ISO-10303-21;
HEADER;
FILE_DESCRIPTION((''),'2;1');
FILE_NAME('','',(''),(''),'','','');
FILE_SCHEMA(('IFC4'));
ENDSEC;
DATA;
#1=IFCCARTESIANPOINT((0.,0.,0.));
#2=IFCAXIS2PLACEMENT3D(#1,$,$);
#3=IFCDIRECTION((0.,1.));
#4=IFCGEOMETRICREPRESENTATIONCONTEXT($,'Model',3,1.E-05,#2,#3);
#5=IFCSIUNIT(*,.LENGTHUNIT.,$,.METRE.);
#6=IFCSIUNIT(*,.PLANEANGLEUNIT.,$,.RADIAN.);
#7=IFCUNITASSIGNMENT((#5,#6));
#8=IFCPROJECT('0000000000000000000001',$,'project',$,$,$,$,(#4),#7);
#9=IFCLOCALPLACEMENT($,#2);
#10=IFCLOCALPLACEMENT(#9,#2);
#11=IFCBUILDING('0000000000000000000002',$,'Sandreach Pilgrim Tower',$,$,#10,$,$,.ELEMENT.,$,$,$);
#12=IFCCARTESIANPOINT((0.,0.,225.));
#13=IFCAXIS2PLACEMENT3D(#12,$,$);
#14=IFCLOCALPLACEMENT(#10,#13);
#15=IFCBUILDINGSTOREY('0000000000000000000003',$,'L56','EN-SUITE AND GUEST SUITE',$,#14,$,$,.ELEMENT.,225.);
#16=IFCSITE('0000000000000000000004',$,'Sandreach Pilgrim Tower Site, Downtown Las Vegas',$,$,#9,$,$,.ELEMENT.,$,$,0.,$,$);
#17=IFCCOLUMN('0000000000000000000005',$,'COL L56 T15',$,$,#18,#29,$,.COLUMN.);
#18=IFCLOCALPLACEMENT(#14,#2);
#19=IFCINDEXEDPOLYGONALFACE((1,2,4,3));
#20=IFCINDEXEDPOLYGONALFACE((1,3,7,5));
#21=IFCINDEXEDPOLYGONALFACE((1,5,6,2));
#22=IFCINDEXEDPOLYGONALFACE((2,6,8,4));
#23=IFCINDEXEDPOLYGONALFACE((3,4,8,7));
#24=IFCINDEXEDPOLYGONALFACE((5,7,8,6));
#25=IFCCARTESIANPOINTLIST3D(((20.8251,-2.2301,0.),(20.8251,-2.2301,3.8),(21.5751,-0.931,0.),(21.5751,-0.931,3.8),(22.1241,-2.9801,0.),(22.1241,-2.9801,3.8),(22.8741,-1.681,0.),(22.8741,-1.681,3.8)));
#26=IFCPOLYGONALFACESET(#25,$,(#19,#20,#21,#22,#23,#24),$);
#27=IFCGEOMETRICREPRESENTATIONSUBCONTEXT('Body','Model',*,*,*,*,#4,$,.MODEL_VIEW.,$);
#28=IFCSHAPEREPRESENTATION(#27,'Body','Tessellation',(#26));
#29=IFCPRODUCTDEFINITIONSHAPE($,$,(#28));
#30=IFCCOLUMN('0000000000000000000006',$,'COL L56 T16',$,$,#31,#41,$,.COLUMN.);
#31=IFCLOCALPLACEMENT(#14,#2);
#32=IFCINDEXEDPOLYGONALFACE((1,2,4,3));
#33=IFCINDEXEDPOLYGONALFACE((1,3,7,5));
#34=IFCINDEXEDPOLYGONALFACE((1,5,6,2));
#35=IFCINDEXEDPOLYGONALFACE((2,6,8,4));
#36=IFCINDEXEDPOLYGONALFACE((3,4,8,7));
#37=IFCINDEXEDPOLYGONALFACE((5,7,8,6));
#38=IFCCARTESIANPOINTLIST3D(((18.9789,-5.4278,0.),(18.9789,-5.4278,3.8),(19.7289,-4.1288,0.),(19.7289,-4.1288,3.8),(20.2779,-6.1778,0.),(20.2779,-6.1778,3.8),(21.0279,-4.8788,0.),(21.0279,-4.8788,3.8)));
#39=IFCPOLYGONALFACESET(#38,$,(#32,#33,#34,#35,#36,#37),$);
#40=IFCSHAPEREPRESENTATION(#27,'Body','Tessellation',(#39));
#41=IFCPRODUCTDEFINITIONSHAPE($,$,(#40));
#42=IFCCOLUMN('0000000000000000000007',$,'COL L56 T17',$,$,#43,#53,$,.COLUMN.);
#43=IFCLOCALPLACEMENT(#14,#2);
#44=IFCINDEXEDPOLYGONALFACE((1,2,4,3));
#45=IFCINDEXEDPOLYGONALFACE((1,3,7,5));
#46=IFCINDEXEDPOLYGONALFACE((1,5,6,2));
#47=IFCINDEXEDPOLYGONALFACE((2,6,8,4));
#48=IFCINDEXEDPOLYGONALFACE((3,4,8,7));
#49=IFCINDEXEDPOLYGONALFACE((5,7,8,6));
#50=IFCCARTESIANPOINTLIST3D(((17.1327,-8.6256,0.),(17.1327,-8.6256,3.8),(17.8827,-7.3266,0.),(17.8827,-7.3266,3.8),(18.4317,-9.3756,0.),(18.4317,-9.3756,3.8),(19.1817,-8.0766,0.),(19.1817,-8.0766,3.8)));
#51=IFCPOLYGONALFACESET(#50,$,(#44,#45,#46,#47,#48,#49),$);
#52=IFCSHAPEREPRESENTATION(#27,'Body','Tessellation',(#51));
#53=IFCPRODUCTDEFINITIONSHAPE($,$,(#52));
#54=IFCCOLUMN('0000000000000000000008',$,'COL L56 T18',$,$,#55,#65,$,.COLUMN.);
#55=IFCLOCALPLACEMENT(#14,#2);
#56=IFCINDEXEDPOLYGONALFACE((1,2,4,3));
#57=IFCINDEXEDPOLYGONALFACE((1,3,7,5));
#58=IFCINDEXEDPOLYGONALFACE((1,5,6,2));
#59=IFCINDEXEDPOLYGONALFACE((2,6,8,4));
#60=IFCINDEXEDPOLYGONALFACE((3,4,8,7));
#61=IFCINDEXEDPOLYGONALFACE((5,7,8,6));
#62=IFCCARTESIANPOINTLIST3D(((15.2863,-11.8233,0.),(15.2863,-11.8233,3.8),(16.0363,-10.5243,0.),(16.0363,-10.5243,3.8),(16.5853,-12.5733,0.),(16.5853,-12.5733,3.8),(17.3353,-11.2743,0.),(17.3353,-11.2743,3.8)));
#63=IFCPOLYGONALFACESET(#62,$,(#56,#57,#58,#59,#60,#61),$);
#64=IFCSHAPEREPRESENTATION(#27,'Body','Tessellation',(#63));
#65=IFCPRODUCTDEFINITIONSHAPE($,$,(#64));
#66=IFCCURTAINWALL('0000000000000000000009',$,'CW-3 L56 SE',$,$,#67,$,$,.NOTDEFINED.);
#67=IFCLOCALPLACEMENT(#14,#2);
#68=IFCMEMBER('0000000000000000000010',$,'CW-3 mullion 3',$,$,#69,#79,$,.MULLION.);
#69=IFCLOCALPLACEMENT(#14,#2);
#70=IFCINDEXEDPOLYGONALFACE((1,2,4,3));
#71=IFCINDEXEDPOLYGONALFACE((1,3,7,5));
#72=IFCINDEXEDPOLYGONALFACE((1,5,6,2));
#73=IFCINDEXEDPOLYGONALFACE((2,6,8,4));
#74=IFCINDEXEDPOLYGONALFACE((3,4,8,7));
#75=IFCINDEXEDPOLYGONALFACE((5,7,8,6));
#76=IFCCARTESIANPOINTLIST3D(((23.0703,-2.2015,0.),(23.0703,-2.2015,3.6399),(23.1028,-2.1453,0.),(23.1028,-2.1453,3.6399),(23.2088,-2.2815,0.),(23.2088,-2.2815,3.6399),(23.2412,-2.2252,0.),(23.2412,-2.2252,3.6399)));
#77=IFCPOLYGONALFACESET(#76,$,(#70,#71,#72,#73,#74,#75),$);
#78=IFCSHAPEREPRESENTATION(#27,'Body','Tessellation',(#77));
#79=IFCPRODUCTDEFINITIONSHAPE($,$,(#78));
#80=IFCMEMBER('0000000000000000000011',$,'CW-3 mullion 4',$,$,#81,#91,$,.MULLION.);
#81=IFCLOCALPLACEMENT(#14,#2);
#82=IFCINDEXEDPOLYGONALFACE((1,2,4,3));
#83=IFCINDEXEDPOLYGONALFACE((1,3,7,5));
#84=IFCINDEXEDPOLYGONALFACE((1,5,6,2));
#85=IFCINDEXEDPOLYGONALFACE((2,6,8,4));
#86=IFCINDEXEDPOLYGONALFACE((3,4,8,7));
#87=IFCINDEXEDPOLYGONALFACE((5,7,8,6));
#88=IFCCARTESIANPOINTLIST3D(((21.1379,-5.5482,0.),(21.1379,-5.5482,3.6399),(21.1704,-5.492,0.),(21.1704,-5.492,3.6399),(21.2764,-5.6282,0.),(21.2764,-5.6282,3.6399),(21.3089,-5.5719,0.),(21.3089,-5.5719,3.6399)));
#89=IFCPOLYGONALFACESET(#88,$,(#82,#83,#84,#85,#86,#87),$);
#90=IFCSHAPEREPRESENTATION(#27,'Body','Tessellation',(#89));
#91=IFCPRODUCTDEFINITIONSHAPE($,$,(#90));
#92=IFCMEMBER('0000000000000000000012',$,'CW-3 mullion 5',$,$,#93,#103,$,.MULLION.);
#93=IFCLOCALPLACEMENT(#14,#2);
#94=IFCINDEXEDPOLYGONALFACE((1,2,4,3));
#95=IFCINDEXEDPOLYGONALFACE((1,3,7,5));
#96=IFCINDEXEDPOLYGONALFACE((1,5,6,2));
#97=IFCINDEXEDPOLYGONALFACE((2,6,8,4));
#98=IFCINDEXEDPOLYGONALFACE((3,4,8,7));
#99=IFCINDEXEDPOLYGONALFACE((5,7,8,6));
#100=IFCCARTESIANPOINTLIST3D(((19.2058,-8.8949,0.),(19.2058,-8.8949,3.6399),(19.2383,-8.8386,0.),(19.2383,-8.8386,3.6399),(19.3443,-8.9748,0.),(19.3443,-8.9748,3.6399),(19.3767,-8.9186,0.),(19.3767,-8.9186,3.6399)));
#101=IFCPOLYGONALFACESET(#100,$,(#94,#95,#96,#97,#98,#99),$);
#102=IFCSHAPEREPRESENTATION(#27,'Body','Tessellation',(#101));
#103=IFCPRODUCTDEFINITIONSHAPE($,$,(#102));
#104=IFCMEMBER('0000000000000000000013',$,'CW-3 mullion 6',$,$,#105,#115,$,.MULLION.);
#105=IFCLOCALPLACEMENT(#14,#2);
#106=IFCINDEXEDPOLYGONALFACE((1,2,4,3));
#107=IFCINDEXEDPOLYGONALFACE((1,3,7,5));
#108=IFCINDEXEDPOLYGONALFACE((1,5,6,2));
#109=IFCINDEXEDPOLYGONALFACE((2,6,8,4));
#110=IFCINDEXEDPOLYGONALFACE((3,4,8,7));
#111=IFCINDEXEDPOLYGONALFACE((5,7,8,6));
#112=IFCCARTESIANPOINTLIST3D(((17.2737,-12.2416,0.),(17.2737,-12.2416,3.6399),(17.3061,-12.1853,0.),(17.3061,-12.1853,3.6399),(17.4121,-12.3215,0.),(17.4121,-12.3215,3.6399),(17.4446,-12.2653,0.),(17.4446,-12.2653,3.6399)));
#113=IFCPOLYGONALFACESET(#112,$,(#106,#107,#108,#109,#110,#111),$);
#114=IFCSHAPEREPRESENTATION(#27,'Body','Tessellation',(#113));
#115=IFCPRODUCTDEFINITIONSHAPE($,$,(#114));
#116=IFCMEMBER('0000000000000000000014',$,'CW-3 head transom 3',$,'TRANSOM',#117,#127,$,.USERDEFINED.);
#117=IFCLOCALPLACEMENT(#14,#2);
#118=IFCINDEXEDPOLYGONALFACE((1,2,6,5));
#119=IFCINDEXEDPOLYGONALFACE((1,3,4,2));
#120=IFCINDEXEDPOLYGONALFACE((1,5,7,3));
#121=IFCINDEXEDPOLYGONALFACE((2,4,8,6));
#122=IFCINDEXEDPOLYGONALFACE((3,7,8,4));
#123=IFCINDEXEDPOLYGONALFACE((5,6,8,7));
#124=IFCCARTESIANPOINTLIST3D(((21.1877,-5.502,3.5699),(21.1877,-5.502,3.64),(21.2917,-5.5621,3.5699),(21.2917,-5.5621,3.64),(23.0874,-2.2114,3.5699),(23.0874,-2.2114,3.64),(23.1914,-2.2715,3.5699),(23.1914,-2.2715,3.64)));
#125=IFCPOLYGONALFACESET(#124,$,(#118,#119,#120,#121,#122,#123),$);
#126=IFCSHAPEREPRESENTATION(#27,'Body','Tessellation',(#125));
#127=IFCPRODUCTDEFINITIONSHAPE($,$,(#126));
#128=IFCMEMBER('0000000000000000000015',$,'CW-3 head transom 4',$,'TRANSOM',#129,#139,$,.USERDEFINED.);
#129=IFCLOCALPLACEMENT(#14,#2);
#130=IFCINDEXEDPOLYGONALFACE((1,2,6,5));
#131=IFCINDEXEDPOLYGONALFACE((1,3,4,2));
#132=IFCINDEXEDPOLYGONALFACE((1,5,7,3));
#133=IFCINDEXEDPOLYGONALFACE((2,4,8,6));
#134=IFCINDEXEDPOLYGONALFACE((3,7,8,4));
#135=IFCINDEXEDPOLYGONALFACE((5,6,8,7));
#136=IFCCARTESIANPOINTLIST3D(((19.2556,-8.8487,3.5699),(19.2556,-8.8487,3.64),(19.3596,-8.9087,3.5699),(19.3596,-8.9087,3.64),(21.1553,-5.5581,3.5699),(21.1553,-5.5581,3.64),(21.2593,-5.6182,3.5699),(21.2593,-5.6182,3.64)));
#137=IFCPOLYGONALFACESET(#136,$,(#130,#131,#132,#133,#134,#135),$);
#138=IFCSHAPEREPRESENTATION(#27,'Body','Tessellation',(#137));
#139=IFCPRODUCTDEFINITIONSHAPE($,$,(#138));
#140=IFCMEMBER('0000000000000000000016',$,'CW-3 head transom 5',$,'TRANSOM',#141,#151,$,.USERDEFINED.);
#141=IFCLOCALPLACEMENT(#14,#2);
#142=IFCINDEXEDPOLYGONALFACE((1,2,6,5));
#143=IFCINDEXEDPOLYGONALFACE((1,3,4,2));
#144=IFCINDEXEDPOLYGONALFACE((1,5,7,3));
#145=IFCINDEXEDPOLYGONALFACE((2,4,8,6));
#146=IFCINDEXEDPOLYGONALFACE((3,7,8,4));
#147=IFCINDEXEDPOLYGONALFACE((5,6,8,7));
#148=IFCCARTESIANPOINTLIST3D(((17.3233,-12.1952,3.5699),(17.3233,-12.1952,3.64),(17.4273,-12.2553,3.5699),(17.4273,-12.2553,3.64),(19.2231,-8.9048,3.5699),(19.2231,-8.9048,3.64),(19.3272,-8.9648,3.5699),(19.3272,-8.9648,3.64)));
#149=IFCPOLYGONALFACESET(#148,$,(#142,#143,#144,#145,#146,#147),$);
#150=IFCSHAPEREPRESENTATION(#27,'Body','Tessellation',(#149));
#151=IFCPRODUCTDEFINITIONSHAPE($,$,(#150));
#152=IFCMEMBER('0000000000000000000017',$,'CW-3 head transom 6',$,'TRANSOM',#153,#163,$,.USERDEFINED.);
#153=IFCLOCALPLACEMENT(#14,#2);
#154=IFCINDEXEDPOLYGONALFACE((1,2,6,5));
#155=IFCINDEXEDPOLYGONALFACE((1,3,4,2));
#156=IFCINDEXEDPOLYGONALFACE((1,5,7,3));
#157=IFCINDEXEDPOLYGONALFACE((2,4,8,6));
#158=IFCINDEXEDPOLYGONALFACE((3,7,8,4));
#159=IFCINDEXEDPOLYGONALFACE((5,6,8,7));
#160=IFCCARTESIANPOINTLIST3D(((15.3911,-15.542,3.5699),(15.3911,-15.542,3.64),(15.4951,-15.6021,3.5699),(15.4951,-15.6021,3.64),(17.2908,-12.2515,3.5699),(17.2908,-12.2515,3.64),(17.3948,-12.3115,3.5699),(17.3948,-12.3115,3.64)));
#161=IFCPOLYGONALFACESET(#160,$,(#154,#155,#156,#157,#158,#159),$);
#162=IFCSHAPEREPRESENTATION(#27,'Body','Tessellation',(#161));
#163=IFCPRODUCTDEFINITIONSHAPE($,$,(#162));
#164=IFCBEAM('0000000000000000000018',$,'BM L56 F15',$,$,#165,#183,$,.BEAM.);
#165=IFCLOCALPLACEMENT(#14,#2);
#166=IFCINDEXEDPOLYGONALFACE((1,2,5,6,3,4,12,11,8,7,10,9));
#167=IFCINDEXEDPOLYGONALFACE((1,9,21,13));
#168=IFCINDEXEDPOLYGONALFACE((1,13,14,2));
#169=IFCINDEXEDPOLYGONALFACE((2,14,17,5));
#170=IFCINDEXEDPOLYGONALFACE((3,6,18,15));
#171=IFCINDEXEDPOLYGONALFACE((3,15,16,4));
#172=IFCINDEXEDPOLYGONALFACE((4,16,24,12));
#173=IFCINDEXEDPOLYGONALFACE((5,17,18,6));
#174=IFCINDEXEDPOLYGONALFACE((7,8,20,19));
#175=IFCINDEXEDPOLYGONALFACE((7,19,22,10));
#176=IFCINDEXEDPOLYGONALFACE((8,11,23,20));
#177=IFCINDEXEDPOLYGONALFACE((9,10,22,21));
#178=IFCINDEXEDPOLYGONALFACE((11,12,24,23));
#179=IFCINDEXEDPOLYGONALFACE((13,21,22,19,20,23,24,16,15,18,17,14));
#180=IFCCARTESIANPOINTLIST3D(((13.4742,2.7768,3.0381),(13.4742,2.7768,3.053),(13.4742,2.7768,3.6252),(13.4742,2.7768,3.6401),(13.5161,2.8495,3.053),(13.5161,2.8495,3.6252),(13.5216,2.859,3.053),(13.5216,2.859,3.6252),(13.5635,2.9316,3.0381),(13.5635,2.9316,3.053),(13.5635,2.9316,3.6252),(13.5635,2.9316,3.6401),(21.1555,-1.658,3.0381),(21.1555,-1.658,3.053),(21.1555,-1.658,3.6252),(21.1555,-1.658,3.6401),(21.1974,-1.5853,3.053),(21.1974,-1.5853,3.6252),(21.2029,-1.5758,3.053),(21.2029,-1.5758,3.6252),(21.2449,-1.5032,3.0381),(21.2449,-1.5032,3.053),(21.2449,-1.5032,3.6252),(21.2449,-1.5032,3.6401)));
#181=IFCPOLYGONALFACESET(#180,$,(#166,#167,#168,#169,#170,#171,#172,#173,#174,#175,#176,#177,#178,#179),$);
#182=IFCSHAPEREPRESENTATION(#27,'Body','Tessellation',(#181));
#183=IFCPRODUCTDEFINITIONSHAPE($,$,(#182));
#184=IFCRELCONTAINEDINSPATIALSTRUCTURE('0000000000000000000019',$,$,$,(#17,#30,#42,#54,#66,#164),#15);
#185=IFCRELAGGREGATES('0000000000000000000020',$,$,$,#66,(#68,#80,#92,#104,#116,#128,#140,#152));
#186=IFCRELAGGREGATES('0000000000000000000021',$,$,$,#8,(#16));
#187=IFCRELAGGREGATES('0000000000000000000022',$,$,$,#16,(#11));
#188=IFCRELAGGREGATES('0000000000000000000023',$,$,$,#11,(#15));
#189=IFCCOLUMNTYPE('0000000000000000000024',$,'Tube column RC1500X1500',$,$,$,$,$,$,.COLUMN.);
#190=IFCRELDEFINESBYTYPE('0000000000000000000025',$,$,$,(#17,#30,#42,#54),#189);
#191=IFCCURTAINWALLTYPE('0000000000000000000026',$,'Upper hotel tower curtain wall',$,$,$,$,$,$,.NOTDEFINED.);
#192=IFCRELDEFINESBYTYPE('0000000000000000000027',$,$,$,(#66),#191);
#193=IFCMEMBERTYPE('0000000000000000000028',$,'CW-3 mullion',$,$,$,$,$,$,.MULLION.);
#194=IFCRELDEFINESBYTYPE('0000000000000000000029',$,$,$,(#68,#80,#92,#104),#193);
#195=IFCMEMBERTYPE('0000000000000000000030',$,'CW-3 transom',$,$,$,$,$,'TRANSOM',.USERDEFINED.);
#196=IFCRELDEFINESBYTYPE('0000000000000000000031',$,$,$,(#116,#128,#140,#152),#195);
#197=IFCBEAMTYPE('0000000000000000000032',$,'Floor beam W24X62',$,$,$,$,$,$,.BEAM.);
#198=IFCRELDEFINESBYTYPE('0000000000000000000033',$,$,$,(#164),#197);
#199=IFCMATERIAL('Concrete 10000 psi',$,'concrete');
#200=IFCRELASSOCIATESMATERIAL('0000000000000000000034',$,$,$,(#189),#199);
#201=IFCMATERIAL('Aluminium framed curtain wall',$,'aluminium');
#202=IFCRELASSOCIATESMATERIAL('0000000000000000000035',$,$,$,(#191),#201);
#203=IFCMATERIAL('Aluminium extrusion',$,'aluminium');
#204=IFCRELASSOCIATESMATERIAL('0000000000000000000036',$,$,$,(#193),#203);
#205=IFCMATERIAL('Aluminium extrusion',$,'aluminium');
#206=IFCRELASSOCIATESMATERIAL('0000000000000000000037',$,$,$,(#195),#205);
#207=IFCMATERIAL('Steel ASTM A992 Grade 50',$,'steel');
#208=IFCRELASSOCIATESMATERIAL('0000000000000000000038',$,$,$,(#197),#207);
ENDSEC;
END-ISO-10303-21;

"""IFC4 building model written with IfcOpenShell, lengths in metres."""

from ifc_helpers import new_model, si_unit, direction, frame, origin, origin_2d, place, context, subcontext, project, spatial, rectangle, i_section, extrude, material, material_profile, profile_set, type_object, element, aggregate, save


model = new_model("IFC4")

# Units and contexts
model_context = context("Model", 3, precision=1e-05, world=origin(), true_north=direction((0.0, 1.0)))
body_context = subcontext(model_context, "Body", "Model", "MODEL_VIEW")
ifc_project = project(units=[si_unit("LENGTHUNIT", "METRE"), si_unit("PLANEANGLEUNIT", "RADIAN")], contexts=[model_context])

# Site, building, storey
site_placement = place(None, origin())
site = spatial("IfcSite", under=ifc_project, at=site_placement, Name="Sandreach Pilgrim Tower Site, Downtown Las Vegas", CompositionType="ELEMENT", RefElevation=0.0)
building_placement = place(site_placement, origin())
building = spatial("IfcBuilding", under=site, at=building_placement, Name="Sandreach Pilgrim Tower", CompositionType="ELEMENT")
storey_placement = place(building_placement, frame((0.0, 0.0, 225.0)))
storey = spatial("IfcBuildingStorey", under=building, at=storey_placement, Name="L56", Description="EN-SUITE AND GUEST SUITE", CompositionType="ELEMENT", Elevation=225.0)

# Columns
ifc_material_1 = material(Name="Concrete 10000 psi", Category="concrete")
ifc_material_profile_1 = material_profile(ifc_material_1, rectangle(XDim=1.5, YDim=1.5, at=origin_2d()), Name="RC1500X1500")
ifc_profile_set_1 = profile_set([ifc_material_profile_1], Name="Concrete 10000 psi")
column_type = type_object("IfcColumnType", Name="Tube column RC1500X1500", PredefinedType="COLUMN", material=ifc_profile_set_1)
for number, where, z_axis, x_axis, name in (
    (1, (21.8496, -1.9556, 0.0), (0.0, 0.0, 1.0), (0.866025, -0.5, 0.0), "COL L56 T15"),
    (2, (20.0034, -5.1533, 0.0), (0.0, 0.0, 1.0), (0.866025, -0.5, 0.0), "COL L56 T16"),
    (3, (18.1572, -8.3511, 0.0), (0.0, 0.0, 1.0), (0.866025, -0.5, 0.0), "COL L56 T17"),
    (4, (16.3108, -11.5488, 0.0), (0.0, 0.0, 1.0), (0.866025, -0.5, 0.0), "COL L56 T18"),
):
    element("IfcColumn", number, at=place(storey_placement, frame(where, z_axis=z_axis, x_axis=x_axis)), inside=storey, type_object=column_type, Name=name, PredefinedType="COLUMN", context=body_context, shape_type="SweptSolid", body=[
        extrude(rectangle(XDim=1.5, YDim=1.5, at=origin_2d()), origin(), (0.0, 0.0, 1.0), 3.8),
    ])

# Curtain wall, members
ifc_material_2 = material(Name="Aluminium framed curtain wall", Category="aluminium")
curtain_wall_type = type_object("IfcCurtainWallType", Name="Upper hotel tower curtain wall", PredefinedType="NOTDEFINED", material=ifc_material_2)
curtain_wall_placement = place(storey_placement, origin())
curtain_wall = element("IfcCurtainWall", 5, at=curtain_wall_placement, inside=storey, type_object=curtain_wall_type, Name="CW-3 L56 SE", PredefinedType="NOTDEFINED")
ifc_material_3 = material(Name="Aluminium extrusion", Category="aluminium")
ifc_material_profile_2 = material_profile(ifc_material_3, rectangle(XDim=0.0649, YDim=0.1599, at=origin_2d()), Name="CW-3M 65X160")
ifc_profile_set_2 = profile_set([ifc_material_profile_2], Name="Aluminium extrusion")
member_type_1 = type_object("IfcMemberType", Name="CW-3 mullion", PredefinedType="MULLION", material=ifc_profile_set_2)
member_1_placement = place(storey_placement, frame((23.1558, -2.2134, 0.0), z_axis=(0.0, 0.0, 1.0), x_axis=(-0.5, -0.866025, 0.0)))
member_1 = element("IfcMember", 6, at=member_1_placement, type_object=member_type_1, Name="CW-3 mullion 3", PredefinedType="MULLION", context=body_context, shape_type="SweptSolid", body=[
    extrude(rectangle(XDim=0.0649, YDim=0.1599, at=origin_2d()), origin(), (0.0, 0.0, 1.0), 3.6399),
])
member_2_placement = place(storey_placement, frame((21.2234, -5.5601, 0.0), z_axis=(0.0, 0.0, 1.0), x_axis=(-0.5, -0.866025, 0.0)))
member_2 = element("IfcMember", 7, at=member_2_placement, type_object=member_type_1, Name="CW-3 mullion 4", PredefinedType="MULLION", context=body_context, shape_type="SweptSolid", body=[
    extrude(rectangle(XDim=0.0649, YDim=0.1599, at=origin_2d()), origin(), (0.0, 0.0, 1.0), 3.6399),
])
member_3_placement = place(storey_placement, frame((19.2913, -8.9067, 0.0), z_axis=(0.0, 0.0, 1.0), x_axis=(-0.5, -0.866025, 0.0)))
member_3 = element("IfcMember", 8, at=member_3_placement, type_object=member_type_1, Name="CW-3 mullion 5", PredefinedType="MULLION", context=body_context, shape_type="SweptSolid", body=[
    extrude(rectangle(XDim=0.0649, YDim=0.1599, at=origin_2d()), origin(), (0.0, 0.0, 1.0), 3.6399),
])
member_4_placement = place(storey_placement, frame((17.3591, -12.2534, 0.0), z_axis=(0.0, 0.0, 1.0), x_axis=(-0.5, -0.866025, 0.0)))
member_4 = element("IfcMember", 9, at=member_4_placement, type_object=member_type_1, Name="CW-3 mullion 6", PredefinedType="MULLION", context=body_context, shape_type="SweptSolid", body=[
    extrude(rectangle(XDim=0.0649, YDim=0.1599, at=origin_2d()), origin(), (0.0, 0.0, 1.0), 3.6399),
])
ifc_material_4 = material(Name="Aluminium extrusion", Category="aluminium")
ifc_material_profile_3 = material_profile(ifc_material_4, rectangle(XDim=0.1201, YDim=0.0701, at=origin_2d()), Name="CW-3T 120X70")
ifc_profile_set_3 = profile_set([ifc_material_profile_3], Name="Aluminium extrusion")
member_type_2 = type_object("IfcMemberType", Name="CW-3 transom", ElementType="TRANSOM", PredefinedType="USERDEFINED", material=ifc_profile_set_3)
member_5_placement = place(storey_placement, frame((23.1394, -2.2415, 3.605), z_axis=(-0.499975, -0.86604, 0.0), x_axis=(0.86604, -0.499975, 0.0)))
member_5 = element("IfcMember", 10, at=member_5_placement, type_object=member_type_2, Name="CW-3 head transom 3", ObjectType="TRANSOM", PredefinedType="USERDEFINED", context=body_context, shape_type="SweptSolid", body=[
    extrude(rectangle(XDim=0.1201, YDim=0.0701, at=origin_2d()), origin(), (0.0, 0.0, 1.0), 3.7996),
])
member_6_placement = place(storey_placement, frame((21.2073, -5.5881, 3.605), z_axis=(-0.499975, -0.86604, 0.0), x_axis=(0.86604, -0.499975, 0.0)))
member_6 = element("IfcMember", 11, at=member_6_placement, type_object=member_type_2, Name="CW-3 head transom 4", ObjectType="TRANSOM", PredefinedType="USERDEFINED", context=body_context, shape_type="SweptSolid", body=[
    extrude(rectangle(XDim=0.1201, YDim=0.0701, at=origin_2d()), origin(), (0.0, 0.0, 1.0), 3.7996),
])
member_7_placement = place(storey_placement, frame((19.2751, -8.9348, 3.605), z_axis=(-0.500023, -0.866012, 0.0), x_axis=(0.866012, -0.500023, 0.0)))
member_7 = element("IfcMember", 12, at=member_7_placement, type_object=member_type_2, Name="CW-3 head transom 5", ObjectType="TRANSOM", PredefinedType="USERDEFINED", context=body_context, shape_type="SweptSolid", body=[
    extrude(rectangle(XDim=0.1201, YDim=0.0701, at=origin_2d()), origin(), (0.0, 0.0, 1.0), 3.7996),
])
member_8_placement = place(storey_placement, frame((17.3428, -12.2815, 3.605), z_axis=(-0.499975, -0.86604, 0.0), x_axis=(0.86604, -0.499975, 0.0)))
member_8 = element("IfcMember", 13, at=member_8_placement, type_object=member_type_2, Name="CW-3 head transom 6", ObjectType="TRANSOM", PredefinedType="USERDEFINED", context=body_context, shape_type="SweptSolid", body=[
    extrude(rectangle(XDim=0.1201, YDim=0.0701, at=origin_2d()), origin(), (0.0, 0.0, 1.0), 3.7996),
])

# Beam
ifc_material_5 = material(Name="Steel ASTM A992 Grade 50", Category="steel")
ifc_material_profile_4 = material_profile(ifc_material_5, i_section(OverallWidth=0.1787, OverallDepth=0.6021, WebThickness=0.011, FlangeThickness=0.0149, at=origin_2d()), Name="W24X62")
ifc_profile_set_4 = profile_set([ifc_material_profile_4], Name="Steel ASTM A992 Grade 50")
beam_type_1 = type_object("IfcBeamType", Name="Floor beam W24X62", PredefinedType="BEAM", material=ifc_profile_set_4)
beam_1_placement = place(storey_placement, frame((21.2002, -1.5806, 3.3391), z_axis=(-0.866027, 0.499996, 0.0), x_axis=(-0.499996, -0.866027, 0.0)))
element("IfcBeam", 14, at=beam_1_placement, inside=storey, type_object=beam_type_1, Name="BM L56 F15", PredefinedType="BEAM", context=body_context, shape_type="SweptSolid", body=[
    extrude(i_section(OverallWidth=0.1787, OverallDepth=0.6021, WebThickness=0.011, FlangeThickness=0.0149, at=origin_2d()), origin(), (0.0, 0.0, 1.0), 8.8696),
])

aggregate(curtain_wall, [member_1, member_2, member_3, member_4, member_5, member_6, member_7, member_8])

save(model, "model.ifc")
